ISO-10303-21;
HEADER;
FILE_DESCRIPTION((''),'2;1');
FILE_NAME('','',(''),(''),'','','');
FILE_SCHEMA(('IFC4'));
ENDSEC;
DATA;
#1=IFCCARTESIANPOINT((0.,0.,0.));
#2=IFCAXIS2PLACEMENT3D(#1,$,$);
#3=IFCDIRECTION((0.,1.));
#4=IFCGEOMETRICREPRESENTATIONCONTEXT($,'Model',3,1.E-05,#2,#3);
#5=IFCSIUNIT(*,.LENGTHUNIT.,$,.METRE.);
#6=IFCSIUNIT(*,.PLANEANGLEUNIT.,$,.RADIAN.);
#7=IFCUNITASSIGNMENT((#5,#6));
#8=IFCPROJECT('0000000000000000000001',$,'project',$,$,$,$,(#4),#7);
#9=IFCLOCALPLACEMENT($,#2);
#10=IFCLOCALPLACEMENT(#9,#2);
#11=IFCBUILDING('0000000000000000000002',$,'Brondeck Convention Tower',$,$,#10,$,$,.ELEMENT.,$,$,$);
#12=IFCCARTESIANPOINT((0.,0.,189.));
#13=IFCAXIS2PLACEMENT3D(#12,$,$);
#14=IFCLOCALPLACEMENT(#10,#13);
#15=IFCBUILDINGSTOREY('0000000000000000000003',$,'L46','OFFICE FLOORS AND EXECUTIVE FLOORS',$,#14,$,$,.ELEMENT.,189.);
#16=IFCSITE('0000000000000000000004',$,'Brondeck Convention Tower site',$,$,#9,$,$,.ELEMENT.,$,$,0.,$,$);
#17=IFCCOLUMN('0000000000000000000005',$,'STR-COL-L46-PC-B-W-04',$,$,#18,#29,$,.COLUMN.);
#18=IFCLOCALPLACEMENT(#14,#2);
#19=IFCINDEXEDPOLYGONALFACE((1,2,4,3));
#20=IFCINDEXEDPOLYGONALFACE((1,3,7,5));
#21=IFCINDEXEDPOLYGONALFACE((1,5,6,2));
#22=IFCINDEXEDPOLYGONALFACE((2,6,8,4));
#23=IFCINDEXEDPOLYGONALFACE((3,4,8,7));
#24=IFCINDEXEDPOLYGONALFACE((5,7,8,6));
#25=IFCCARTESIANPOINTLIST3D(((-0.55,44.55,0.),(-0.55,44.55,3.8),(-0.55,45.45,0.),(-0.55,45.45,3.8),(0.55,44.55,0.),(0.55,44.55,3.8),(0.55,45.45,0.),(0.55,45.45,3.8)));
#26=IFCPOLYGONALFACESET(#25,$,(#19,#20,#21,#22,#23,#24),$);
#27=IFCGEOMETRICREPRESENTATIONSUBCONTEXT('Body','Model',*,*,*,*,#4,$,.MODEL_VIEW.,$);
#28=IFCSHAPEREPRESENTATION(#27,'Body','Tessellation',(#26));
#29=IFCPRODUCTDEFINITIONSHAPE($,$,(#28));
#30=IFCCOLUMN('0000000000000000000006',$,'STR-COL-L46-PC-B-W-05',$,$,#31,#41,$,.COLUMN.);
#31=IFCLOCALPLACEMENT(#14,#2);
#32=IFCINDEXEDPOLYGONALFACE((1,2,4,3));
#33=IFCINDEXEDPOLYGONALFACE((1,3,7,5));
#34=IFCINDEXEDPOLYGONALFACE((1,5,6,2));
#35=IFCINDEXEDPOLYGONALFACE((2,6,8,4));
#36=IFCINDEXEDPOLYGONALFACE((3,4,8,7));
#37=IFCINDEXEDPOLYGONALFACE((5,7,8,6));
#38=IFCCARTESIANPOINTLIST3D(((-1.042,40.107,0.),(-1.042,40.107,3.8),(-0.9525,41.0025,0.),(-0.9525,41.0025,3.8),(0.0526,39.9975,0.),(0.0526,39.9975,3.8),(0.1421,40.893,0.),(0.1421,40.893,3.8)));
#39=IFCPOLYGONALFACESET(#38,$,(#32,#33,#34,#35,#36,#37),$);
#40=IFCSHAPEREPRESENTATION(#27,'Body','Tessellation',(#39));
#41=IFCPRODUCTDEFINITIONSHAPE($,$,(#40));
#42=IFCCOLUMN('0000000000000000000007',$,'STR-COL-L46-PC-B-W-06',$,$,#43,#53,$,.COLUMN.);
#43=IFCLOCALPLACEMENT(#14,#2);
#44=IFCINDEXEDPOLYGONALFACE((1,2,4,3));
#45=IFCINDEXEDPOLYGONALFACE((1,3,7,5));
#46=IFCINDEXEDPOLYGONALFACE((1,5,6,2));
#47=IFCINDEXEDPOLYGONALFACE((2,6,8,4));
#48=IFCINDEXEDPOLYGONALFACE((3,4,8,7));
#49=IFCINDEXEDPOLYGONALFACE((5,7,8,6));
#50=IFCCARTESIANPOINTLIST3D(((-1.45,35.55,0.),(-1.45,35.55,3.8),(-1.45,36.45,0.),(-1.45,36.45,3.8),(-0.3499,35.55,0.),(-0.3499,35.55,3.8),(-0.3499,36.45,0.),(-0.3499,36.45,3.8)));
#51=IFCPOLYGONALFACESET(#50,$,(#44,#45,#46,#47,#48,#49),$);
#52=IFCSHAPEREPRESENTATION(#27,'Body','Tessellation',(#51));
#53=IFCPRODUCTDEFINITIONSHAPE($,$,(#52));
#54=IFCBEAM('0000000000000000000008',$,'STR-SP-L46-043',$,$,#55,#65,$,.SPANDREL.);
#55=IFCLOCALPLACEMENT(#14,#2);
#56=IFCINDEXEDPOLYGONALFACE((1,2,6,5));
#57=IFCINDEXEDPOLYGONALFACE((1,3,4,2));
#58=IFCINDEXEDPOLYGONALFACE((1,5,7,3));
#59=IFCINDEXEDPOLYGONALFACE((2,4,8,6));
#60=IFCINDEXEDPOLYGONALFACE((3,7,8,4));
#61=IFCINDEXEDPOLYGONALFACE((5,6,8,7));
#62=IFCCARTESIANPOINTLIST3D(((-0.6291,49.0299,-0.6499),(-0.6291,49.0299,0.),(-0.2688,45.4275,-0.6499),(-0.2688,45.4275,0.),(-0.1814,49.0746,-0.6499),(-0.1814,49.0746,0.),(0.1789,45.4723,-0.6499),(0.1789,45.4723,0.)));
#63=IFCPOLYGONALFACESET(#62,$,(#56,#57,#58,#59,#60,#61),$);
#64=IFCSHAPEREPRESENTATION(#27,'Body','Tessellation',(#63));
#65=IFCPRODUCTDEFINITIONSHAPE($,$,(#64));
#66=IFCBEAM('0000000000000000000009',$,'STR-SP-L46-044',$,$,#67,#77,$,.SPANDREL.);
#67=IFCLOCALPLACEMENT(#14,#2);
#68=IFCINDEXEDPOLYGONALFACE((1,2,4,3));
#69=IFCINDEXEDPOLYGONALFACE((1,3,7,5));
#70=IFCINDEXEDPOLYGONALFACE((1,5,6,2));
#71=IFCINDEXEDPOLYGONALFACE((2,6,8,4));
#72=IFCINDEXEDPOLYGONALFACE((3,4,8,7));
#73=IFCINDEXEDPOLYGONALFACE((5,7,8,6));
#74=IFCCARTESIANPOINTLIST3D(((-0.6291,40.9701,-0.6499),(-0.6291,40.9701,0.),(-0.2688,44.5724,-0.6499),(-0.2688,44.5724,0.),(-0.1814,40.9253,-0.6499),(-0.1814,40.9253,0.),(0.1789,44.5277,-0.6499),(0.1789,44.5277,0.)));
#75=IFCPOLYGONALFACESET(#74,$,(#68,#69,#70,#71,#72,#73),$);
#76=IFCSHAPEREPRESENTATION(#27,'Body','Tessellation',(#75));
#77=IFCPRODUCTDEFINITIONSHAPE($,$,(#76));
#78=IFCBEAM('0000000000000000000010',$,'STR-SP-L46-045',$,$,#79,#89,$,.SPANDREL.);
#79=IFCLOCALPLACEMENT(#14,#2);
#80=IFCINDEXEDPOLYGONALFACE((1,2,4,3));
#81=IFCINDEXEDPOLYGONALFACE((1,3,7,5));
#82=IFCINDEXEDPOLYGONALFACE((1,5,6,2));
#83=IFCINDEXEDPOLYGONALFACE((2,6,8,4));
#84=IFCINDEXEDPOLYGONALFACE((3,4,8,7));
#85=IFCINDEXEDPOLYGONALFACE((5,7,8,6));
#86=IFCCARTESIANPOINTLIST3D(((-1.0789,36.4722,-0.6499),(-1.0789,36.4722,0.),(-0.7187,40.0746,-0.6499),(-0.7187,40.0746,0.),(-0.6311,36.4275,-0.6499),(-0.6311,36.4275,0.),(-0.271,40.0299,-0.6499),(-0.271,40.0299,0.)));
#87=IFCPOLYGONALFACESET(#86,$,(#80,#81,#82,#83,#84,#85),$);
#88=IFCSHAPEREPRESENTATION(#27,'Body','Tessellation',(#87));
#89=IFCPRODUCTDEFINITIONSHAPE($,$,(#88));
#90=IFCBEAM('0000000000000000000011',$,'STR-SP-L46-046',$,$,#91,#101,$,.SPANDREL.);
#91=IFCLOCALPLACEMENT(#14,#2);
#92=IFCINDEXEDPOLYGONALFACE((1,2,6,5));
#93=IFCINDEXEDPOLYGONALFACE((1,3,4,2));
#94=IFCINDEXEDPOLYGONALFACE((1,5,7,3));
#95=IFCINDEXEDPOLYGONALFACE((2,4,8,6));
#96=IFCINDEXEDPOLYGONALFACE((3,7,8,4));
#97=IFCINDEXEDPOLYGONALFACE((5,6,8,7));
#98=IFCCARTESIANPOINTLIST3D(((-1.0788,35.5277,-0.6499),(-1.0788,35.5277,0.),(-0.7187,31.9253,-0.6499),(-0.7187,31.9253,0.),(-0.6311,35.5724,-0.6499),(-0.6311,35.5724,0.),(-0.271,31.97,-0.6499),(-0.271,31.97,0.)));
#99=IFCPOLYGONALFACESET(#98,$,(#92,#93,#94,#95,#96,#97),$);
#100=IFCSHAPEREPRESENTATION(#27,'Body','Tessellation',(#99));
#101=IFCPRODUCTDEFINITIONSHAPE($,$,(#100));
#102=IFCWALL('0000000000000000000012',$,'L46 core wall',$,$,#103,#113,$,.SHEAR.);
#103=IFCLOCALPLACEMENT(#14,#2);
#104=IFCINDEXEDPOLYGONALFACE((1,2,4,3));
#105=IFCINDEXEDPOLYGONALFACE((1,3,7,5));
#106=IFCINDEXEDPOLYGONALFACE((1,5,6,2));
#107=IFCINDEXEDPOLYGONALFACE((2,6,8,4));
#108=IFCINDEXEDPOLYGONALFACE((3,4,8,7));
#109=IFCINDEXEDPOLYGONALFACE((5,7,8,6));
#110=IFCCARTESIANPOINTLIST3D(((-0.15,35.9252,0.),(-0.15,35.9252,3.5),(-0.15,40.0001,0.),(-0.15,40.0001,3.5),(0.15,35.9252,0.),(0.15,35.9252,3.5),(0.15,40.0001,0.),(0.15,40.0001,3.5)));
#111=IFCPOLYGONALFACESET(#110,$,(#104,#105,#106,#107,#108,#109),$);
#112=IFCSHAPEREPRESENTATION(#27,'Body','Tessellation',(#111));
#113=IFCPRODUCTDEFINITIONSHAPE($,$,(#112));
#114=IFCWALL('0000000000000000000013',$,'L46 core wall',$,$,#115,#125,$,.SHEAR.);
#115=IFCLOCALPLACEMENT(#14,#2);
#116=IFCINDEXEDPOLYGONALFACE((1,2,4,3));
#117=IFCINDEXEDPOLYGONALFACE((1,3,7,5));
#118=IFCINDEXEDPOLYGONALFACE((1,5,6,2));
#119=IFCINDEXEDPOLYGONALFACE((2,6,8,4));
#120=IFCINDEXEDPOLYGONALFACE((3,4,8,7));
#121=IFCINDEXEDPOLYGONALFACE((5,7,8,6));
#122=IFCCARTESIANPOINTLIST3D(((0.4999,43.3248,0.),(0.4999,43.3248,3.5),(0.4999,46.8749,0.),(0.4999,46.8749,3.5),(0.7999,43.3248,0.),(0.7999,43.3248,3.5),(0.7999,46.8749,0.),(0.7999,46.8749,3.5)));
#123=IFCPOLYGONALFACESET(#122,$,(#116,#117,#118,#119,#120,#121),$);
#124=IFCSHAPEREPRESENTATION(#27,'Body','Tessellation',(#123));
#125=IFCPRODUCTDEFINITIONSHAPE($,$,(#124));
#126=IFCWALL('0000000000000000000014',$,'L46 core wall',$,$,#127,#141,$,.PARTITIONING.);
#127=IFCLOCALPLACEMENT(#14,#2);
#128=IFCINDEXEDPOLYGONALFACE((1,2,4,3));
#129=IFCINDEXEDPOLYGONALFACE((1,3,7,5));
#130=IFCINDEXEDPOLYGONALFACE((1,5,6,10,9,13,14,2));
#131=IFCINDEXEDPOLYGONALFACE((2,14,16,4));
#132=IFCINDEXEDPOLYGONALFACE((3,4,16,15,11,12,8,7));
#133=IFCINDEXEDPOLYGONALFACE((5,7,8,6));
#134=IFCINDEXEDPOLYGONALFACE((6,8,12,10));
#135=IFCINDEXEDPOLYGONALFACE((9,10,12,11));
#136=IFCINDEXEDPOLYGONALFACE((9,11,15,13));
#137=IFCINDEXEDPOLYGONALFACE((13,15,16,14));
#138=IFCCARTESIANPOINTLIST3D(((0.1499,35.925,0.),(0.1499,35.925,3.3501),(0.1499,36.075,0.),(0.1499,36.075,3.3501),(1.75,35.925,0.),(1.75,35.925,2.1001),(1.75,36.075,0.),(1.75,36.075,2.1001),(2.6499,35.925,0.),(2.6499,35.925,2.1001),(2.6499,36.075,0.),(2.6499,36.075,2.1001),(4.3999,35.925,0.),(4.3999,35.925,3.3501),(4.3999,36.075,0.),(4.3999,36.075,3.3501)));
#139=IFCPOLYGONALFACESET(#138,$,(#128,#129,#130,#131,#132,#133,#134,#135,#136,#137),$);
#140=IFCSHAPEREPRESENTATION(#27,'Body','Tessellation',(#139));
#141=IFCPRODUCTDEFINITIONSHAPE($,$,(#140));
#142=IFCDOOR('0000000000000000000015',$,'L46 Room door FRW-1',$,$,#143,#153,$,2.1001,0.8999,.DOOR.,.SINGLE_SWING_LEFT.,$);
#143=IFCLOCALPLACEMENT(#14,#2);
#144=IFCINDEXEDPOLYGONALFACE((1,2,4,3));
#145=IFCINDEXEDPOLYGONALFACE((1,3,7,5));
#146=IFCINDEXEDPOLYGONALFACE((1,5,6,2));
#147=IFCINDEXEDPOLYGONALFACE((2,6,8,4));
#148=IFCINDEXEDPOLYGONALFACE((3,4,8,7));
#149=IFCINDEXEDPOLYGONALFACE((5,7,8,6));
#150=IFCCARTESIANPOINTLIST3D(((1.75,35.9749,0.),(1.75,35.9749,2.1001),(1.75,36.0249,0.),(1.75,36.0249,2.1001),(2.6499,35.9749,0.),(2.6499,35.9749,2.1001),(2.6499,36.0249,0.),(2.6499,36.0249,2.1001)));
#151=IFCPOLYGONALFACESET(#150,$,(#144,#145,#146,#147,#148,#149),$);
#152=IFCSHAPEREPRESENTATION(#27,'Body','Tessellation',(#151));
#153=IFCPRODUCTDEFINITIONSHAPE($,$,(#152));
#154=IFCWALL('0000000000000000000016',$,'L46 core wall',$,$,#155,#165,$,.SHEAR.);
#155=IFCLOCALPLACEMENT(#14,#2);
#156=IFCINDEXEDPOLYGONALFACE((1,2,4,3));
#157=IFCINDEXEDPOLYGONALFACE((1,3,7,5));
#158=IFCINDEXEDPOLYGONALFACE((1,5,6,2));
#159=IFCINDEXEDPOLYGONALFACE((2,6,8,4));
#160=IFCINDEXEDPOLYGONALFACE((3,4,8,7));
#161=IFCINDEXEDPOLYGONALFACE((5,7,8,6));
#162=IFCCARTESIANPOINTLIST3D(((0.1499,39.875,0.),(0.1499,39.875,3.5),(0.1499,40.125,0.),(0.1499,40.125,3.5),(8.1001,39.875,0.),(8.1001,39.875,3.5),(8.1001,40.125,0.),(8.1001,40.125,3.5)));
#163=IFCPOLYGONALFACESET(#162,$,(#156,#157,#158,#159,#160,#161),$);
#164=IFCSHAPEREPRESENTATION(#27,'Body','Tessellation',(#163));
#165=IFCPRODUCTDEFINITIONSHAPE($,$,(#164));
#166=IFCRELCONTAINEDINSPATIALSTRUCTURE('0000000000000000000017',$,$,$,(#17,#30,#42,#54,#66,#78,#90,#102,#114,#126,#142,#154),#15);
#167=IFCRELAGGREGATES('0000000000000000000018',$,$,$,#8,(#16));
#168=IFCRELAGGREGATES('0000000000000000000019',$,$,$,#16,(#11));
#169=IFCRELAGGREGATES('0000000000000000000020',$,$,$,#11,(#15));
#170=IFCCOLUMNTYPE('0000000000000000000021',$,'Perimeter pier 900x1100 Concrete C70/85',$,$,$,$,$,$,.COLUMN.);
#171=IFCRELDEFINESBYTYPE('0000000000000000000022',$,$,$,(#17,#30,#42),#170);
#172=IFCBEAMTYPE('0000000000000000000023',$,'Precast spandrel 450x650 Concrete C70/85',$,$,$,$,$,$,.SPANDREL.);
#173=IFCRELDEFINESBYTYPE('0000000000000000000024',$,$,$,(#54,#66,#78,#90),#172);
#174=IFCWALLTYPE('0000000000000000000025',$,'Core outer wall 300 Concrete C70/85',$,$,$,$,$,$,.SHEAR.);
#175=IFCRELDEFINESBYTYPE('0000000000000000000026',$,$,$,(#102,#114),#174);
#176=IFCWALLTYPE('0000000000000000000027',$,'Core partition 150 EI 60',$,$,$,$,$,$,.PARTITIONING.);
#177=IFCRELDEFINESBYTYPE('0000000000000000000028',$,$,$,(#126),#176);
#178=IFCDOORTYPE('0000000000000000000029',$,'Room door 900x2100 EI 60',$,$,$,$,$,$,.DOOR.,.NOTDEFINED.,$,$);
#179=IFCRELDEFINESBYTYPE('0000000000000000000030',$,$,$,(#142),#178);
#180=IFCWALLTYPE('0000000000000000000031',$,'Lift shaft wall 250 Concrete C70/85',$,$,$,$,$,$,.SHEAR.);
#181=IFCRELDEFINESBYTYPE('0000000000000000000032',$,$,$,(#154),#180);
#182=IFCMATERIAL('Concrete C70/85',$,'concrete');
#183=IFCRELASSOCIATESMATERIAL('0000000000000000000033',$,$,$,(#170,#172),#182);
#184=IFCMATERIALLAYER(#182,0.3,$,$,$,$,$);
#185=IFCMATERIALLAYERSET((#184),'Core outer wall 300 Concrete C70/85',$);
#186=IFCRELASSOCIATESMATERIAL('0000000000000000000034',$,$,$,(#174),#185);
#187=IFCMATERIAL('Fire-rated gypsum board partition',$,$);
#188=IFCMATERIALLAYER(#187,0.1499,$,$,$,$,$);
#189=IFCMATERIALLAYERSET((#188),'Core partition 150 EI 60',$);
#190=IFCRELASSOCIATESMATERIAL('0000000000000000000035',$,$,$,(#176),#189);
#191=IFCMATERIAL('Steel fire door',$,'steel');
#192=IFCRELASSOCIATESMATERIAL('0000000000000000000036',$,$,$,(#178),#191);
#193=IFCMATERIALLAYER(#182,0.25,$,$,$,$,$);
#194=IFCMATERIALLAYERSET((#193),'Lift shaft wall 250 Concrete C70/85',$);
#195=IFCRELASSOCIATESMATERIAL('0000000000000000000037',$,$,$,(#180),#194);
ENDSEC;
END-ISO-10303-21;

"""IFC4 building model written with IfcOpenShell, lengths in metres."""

from ifc_helpers import new_model, si_unit, direction, frame, frame_2d, origin, origin_2d, place, context, subcontext, project, spatial, rectangle, extrude, material, layer, layer_set, material_profile, profile_set, type_object, element, fill, save


model = new_model("IFC4")

# Units and contexts
model_context = context("Model", 3, precision=1e-05, world=origin(), true_north=direction((0.0, 1.0)))
body_context = subcontext(model_context, "Body", "Model", "MODEL_VIEW")
ifc_project = project(units=[si_unit("LENGTHUNIT", "METRE"), si_unit("PLANEANGLEUNIT", "RADIAN")], contexts=[model_context])

# Site, building, storey
site_placement = place(None, origin())
site = spatial("IfcSite", under=ifc_project, at=site_placement, Name="Brondeck Convention Tower site", CompositionType="ELEMENT", RefElevation=0.0)
building_placement = place(site_placement, origin())
building = spatial("IfcBuilding", under=site, at=building_placement, Name="Brondeck Convention Tower", CompositionType="ELEMENT")
storey_placement = place(building_placement, frame((0.0, 0.0, 189.0)))
storey = spatial("IfcBuildingStorey", under=building, at=storey_placement, Name="L46", Description="OFFICE FLOORS AND EXECUTIVE FLOORS", CompositionType="ELEMENT", Elevation=189.0)

# Columns
ifc_material_1 = material(Name="Concrete C70/85", Category="concrete")
ifc_material_profile_1 = material_profile(ifc_material_1, rectangle(XDim=0.8999, YDim=1.1001, at=origin_2d()), Name="Perimeter pier 900x1100 Concrete C70/85")
ifc_profile_set_1 = profile_set([ifc_material_profile_1], Name="Concrete C70/85")
column_type = type_object("IfcColumnType", Name="Perimeter pier 900x1100 Concrete C70/85", PredefinedType="COLUMN", material=ifc_profile_set_1)
for number, where, z_axis, x_axis, name in (
    (1, (0.0, 45.0, 0.0), (0.0, 0.0, 1.0), (0.0, -1.0, 0.0), "STR-COL-L46-PC-B-W-04"),
    (2, (-0.45, 40.5, 0.0), (0.0, 0.0, 1.0), (-0.099504, -0.995037, 0.0), "STR-COL-L46-PC-B-W-05"),
    (3, (-0.8999, 36.0, 0.0), (0.0, 0.0, 1.0), (0.0, -1.0, 0.0), "STR-COL-L46-PC-B-W-06"),
):
    element("IfcColumn", number, at=place(storey_placement, frame(where, z_axis=z_axis, x_axis=x_axis)), inside=storey, type_object=column_type, Name=name, PredefinedType="COLUMN", context=body_context, shape_type="SweptSolid", body=[
        extrude(rectangle(XDim=0.8999, YDim=1.1001, at=origin_2d()), origin(), (0.0, 0.0, 1.0), 3.8),
    ])

# Beams
ifc_material_profile_2 = material_profile(ifc_material_1, rectangle(XDim=0.45, YDim=0.6499, at=origin_2d()), Name="Precast spandrel 450x650 Concrete C70/85")
ifc_profile_set_2 = profile_set([ifc_material_profile_2], Name="Concrete C70/85")
beam_type = type_object("IfcBeamType", Name="Precast spandrel 450x650 Concrete C70/85", PredefinedType="SPANDREL", material=ifc_profile_set_2)
for number, where, z_axis, x_axis, name in (
    (4, (-0.4053, 49.0522, -0.325), (0.099537, -0.995034, 0.0), (0.995034, 0.099537, 0.0), "STR-SP-L46-043"),
    (5, (-0.0449, 44.55, -0.325), (-0.099537, -0.995034, 0.0), (0.995034, -0.099537, 0.0), "STR-SP-L46-044"),
    (6, (-0.4949, 40.0522, -0.325), (-0.09947, -0.995041, 0.0), (0.995041, -0.09947, 0.0), "STR-SP-L46-045"),
    (7, (-0.855, 35.55, -0.325), (0.09947, -0.995041, 0.0), (0.995041, 0.09947, 0.0), "STR-SP-L46-046"),
):
    element("IfcBeam", number, at=place(storey_placement, frame(where, z_axis=z_axis, x_axis=x_axis)), inside=storey, type_object=beam_type, Name=name, PredefinedType="SPANDREL", context=body_context, shape_type="SweptSolid", body=[
        extrude(rectangle(XDim=0.45, YDim=0.6499, at=origin_2d()), origin(), (0.0, 0.0, 1.0), 3.6204),
    ])

# Walls
ifc_layer_1 = layer(ifc_material_1, 0.3)
ifc_layer_set_1 = layer_set([ifc_layer_1], Name="Core outer wall 300 Concrete C70/85")
wall_type_1 = type_object("IfcWallType", Name="Core outer wall 300 Concrete C70/85", PredefinedType="SHEAR", material=ifc_layer_set_1)
wall_1_placement = place(storey_placement, frame((0.0, 35.925, 0.0), z_axis=(0.0, 0.0, 1.0), x_axis=(0.0, 1.0, 0.0)))
element("IfcWall", 8, at=wall_1_placement, inside=storey, type_object=wall_type_1, Name="L46 core wall", PredefinedType="SHEAR", context=body_context, shape_type="SweptSolid", body=[
    extrude(rectangle(XDim=4.075, YDim=0.3, at=frame_2d((2.0376, 0.0))), origin(), (0.0, 0.0, 1.0), 3.5),
])
wall_2_placement = place(storey_placement, frame((0.6499, 43.325, 0.0), z_axis=(0.0, 0.0, 1.0), x_axis=(0.0, 1.0, 0.0)))
element("IfcWall", 9, at=wall_2_placement, inside=storey, type_object=wall_type_1, Name="L46 core wall", PredefinedType="SHEAR", context=body_context, shape_type="SweptSolid", body=[
    extrude(rectangle(XDim=3.55, YDim=0.3, at=frame_2d((1.7749, 0.0))), origin(), (0.0, 0.0, 1.0), 3.5),
])

# Wall, opening, door
ifc_material_2 = material(Name="Fire-rated gypsum board partition")
ifc_layer_2 = layer(ifc_material_2, 0.1499)
ifc_layer_set_2 = layer_set([ifc_layer_2], Name="Core partition 150 EI 60")
wall_type_2 = type_object("IfcWallType", Name="Core partition 150 EI 60", PredefinedType="PARTITIONING", material=ifc_layer_set_2)
wall_3_placement = place(storey_placement, frame((0.1499, 36.0, 0.0), z_axis=(0.0, 0.0, 1.0), x_axis=(1.0, 0.0, 0.0)))
wall_3 = element("IfcWall", 10, at=wall_3_placement, inside=storey, type_object=wall_type_2, Name="L46 core wall", PredefinedType="PARTITIONING", context=body_context, shape_type="SweptSolid", body=[
    extrude(rectangle(XDim=4.25, YDim=0.1499, at=frame_2d((2.125, 0.0))), origin(), (0.0, 0.0, 1.0), 3.3501),
])
opening_1_placement = place(wall_3_placement, frame((1.6001, 0.0, 0.0)))
opening_1 = element("IfcOpeningElement", 11, at=opening_1_placement, cuts=wall_3, PredefinedType="OPENING", context=body_context, shape_type="SweptSolid", body=[
    extrude(rectangle(XDim=0.8999, YDim=2.1001, at=frame_2d((0.45, 1.05))), frame((0.0, 0.085, 0.0), z_axis=(0.0, -1.0, 0.0), x_axis=(1.0, 0.0, 0.0)), (0.0, 0.0, 1.0), 0.1699),
])
ifc_material_3 = material(Name="Steel fire door", Category="steel")
door_type_1 = type_object("IfcDoorType", Name="Room door 900x2100 EI 60", OperationType="NOTDEFINED", PredefinedType="DOOR", material=ifc_material_3)
door_1_placement = place(opening_1_placement, origin())
door_1 = element("IfcDoor", 12, at=door_1_placement, inside=storey, type_object=door_type_1, Name="L46 Room door FRW-1", OperationType="SINGLE_SWING_LEFT", OverallHeight=2.1001, OverallWidth=0.8999, PredefinedType="DOOR", context=body_context, shape_type="SweptSolid", body=[
    extrude(rectangle(XDim=0.8999, YDim=2.1001, at=frame_2d((0.45, 1.05))), frame((0.0, 0.0249, 0.0), z_axis=(0.0, -1.0, 0.0), x_axis=(1.0, 0.0, 0.0)), (0.0, 0.0, 1.0), 0.05),
])
fill(opening_1, door_1)

# Wall
ifc_layer_3 = layer(ifc_material_1, 0.25)
ifc_layer_set_3 = layer_set([ifc_layer_3], Name="Lift shaft wall 250 Concrete C70/85")
wall_type_3 = type_object("IfcWallType", Name="Lift shaft wall 250 Concrete C70/85", PredefinedType="SHEAR", material=ifc_layer_set_3)
wall_4_placement = place(storey_placement, frame((0.1499, 40.0, 0.0), z_axis=(0.0, 0.0, 1.0), x_axis=(1.0, 0.0, 0.0)))
element("IfcWall", 13, at=wall_4_placement, inside=storey, type_object=wall_type_3, Name="L46 core wall", PredefinedType="SHEAR", context=body_context, shape_type="SweptSolid", body=[
    extrude(rectangle(XDim=7.9502, YDim=0.25, at=frame_2d((3.9751, 0.0))), origin(), (0.0, 0.0, 1.0), 3.5),
])

save(model, "model.ifc")
